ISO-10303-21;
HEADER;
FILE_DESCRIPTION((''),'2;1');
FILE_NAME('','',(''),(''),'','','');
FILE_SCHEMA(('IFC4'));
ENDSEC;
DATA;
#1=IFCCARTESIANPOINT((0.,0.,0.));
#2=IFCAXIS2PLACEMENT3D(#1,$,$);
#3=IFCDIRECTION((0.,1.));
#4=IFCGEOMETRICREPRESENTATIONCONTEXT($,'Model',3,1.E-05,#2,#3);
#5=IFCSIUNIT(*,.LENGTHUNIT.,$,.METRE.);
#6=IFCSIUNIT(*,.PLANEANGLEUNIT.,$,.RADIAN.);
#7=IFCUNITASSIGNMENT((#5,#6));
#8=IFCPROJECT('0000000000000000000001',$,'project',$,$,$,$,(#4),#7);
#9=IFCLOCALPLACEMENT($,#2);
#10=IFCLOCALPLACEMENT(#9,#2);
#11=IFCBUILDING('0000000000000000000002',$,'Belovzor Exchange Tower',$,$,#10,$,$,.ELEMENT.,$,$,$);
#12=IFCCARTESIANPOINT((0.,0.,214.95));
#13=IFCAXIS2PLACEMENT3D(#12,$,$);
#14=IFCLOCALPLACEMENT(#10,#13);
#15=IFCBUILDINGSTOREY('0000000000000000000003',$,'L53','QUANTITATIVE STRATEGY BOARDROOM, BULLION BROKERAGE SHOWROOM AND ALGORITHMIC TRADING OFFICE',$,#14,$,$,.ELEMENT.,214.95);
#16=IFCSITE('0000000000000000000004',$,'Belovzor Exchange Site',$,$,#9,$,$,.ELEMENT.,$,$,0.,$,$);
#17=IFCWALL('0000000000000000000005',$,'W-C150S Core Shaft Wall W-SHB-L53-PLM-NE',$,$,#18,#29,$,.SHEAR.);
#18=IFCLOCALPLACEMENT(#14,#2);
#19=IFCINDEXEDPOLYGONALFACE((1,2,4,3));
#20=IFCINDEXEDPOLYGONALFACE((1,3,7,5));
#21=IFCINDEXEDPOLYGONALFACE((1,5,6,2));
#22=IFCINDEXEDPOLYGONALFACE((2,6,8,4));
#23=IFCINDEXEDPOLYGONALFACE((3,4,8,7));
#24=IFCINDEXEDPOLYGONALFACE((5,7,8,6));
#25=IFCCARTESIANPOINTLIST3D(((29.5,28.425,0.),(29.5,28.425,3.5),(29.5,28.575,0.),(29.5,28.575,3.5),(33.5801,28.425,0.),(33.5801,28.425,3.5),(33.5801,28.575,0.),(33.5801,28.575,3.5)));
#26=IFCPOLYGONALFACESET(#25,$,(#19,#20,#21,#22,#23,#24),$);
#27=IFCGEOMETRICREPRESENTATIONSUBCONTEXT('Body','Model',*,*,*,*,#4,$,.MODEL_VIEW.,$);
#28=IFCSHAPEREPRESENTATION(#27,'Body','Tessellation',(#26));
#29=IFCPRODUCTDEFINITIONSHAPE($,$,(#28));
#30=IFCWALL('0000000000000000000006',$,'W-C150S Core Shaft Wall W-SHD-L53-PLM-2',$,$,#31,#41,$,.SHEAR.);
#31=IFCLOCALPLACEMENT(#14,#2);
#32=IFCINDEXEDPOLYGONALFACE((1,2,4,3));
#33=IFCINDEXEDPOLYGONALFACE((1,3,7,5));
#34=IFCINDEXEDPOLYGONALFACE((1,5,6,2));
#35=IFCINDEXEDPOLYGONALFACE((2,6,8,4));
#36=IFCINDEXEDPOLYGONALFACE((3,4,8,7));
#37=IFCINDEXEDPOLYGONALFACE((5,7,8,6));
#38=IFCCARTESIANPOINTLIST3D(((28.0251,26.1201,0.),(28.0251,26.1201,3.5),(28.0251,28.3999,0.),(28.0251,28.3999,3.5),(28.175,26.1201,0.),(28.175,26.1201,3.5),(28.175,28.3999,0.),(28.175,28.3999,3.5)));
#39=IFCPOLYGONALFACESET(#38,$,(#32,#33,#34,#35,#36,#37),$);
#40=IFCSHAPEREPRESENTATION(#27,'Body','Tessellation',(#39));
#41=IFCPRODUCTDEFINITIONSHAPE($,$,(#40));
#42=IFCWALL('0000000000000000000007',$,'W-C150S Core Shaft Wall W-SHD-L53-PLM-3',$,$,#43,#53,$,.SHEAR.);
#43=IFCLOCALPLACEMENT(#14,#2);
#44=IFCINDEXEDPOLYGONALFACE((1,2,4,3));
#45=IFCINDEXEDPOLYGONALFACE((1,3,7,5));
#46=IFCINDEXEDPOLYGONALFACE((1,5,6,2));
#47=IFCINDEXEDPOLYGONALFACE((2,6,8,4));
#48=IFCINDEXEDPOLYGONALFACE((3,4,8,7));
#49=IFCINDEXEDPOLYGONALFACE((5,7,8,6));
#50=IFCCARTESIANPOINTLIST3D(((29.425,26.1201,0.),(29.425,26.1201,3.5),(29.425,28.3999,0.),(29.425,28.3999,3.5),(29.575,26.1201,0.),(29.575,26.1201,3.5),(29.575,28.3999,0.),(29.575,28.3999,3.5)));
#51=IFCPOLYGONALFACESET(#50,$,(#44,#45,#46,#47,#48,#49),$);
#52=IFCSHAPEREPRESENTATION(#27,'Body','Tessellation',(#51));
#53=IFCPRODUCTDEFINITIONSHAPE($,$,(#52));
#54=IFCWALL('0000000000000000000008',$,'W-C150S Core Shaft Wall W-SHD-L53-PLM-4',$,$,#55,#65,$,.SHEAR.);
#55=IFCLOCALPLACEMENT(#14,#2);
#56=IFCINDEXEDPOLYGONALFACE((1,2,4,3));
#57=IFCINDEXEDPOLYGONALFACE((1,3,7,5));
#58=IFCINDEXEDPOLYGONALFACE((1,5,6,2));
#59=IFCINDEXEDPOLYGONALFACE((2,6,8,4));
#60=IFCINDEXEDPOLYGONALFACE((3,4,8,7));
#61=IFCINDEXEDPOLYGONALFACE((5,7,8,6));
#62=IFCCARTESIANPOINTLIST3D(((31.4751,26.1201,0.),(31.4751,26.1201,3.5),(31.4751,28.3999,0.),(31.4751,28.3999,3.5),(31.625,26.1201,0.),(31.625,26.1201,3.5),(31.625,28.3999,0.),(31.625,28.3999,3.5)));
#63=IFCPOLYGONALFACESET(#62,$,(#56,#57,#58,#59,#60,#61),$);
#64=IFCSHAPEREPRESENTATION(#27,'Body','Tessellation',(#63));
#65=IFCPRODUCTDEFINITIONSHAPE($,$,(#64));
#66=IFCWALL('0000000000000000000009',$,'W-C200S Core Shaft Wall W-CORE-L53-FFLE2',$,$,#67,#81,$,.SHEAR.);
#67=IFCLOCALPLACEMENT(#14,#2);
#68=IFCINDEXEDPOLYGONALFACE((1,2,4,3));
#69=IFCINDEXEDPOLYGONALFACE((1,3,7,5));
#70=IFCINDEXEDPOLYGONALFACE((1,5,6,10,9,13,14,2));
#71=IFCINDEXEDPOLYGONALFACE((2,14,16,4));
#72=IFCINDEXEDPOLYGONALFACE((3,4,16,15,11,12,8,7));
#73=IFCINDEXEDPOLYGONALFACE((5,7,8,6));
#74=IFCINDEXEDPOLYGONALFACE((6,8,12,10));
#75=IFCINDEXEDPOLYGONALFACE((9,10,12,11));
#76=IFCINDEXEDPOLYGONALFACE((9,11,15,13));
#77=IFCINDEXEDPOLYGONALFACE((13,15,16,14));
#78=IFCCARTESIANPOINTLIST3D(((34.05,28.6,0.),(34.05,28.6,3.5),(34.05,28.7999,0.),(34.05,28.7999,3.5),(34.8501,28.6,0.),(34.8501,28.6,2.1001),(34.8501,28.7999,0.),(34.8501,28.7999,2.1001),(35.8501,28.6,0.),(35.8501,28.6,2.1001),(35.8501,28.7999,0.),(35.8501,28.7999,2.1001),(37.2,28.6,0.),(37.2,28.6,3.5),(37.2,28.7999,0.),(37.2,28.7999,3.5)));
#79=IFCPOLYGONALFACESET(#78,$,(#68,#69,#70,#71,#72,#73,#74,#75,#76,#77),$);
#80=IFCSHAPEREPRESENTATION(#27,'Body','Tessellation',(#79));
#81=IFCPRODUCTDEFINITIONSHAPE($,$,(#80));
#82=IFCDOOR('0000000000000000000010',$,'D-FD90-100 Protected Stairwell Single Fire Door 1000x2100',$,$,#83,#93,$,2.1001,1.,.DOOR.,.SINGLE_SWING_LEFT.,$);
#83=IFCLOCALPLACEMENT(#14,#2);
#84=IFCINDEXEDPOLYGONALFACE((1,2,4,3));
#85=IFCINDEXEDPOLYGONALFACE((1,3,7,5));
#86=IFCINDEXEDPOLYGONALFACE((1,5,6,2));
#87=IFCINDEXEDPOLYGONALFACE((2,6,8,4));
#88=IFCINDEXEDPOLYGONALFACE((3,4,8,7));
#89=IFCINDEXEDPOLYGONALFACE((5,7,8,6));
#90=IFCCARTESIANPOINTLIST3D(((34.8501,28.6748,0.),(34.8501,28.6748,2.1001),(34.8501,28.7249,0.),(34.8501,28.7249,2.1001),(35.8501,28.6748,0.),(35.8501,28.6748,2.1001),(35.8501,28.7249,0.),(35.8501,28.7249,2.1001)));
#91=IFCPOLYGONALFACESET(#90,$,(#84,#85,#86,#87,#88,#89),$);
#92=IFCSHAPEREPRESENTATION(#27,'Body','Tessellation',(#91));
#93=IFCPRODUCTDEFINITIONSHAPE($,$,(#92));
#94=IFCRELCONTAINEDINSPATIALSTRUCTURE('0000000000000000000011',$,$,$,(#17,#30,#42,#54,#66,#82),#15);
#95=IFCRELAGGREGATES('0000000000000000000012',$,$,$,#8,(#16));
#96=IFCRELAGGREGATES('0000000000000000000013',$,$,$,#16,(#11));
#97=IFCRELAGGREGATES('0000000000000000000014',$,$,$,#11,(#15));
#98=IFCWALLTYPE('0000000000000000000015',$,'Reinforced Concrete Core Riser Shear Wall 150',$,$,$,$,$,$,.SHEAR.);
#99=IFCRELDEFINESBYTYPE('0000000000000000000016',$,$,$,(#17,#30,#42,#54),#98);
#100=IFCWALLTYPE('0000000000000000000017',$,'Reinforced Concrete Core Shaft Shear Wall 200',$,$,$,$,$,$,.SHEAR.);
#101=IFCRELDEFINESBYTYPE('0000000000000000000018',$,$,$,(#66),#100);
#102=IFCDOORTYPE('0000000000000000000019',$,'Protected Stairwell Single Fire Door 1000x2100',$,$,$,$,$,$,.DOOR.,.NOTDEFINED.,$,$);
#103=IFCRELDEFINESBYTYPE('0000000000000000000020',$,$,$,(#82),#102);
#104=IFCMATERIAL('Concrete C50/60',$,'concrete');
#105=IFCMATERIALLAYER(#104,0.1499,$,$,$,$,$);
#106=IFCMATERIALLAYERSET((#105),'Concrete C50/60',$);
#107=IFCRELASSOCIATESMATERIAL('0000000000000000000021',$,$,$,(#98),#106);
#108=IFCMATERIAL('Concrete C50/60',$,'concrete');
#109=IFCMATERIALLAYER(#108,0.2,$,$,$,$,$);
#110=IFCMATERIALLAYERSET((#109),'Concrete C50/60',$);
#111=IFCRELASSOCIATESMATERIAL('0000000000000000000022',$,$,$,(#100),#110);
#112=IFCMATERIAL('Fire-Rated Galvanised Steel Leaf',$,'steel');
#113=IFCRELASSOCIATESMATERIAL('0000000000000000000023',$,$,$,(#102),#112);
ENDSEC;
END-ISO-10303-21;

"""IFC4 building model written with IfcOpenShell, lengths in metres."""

from ifc_helpers import new_model, si_unit, direction, frame, frame_2d, origin, place, context, subcontext, project, spatial, rectangle, extrude, material, layer, layer_set, type_object, element, fill, save


model = new_model("IFC4")

# Units and contexts
model_context = context("Model", 3, precision=1e-05, world=origin(), true_north=direction((0.0, 1.0)))
body_context = subcontext(model_context, "Body", "Model", "MODEL_VIEW")
ifc_project = project(units=[si_unit("LENGTHUNIT", "METRE"), si_unit("PLANEANGLEUNIT", "RADIAN")], contexts=[model_context])

# Site, building, storey
site_placement = place(None, origin())
site = spatial("IfcSite", under=ifc_project, at=site_placement, Name="Belovzor Exchange Site", CompositionType="ELEMENT", RefElevation=0.0)
building_placement = place(site_placement, origin())
building = spatial("IfcBuilding", under=site, at=building_placement, Name="Belovzor Exchange Tower", CompositionType="ELEMENT")
storey_placement = place(building_placement, frame((0.0, 0.0, 214.95)))
storey = spatial("IfcBuildingStorey", under=building, at=storey_placement, Name="L53", Description="QUANTITATIVE STRATEGY BOARDROOM, BULLION BROKERAGE SHOWROOM AND ALGORITHMIC TRADING OFFICE", CompositionType="ELEMENT", Elevation=214.95)

# Walls
ifc_material_1 = material(Name="Concrete C50/60", Category="concrete")
ifc_layer_1 = layer(ifc_material_1, 0.1499)
ifc_layer_set_1 = layer_set([ifc_layer_1], Name="Concrete C50/60")
wall_type_1 = type_object("IfcWallType", Name="Reinforced Concrete Core Riser Shear Wall 150", PredefinedType="SHEAR", material=ifc_layer_set_1)
wall_1_placement = place(storey_placement, frame((29.5, 28.5, 0.0), z_axis=(0.0, 0.0, 1.0), x_axis=(1.0, 0.0, 0.0)))
element("IfcWall", 1, at=wall_1_placement, inside=storey, type_object=wall_type_1, Name="W-C150S Core Shaft Wall W-SHB-L53-PLM-NE", PredefinedType="SHEAR", context=body_context, shape_type="SweptSolid", body=[
    extrude(rectangle(XDim=4.0801, YDim=0.1499, at=frame_2d((2.04, 0.0))), origin(), (0.0, 0.0, 1.0), 3.5),
])
for number, where, z_axis, x_axis, name in (
    (2, (28.1001, 26.1201, 0.0), (0.0, 0.0, 1.0), (0.0, 1.0, 0.0), "W-C150S Core Shaft Wall W-SHD-L53-PLM-2"),
    (3, (29.5, 26.1201, 0.0), (0.0, 0.0, 1.0), (0.0, 1.0, 0.0), "W-C150S Core Shaft Wall W-SHD-L53-PLM-3"),
    (4, (31.55, 26.1201, 0.0), (0.0, 0.0, 1.0), (0.0, 1.0, 0.0), "W-C150S Core Shaft Wall W-SHD-L53-PLM-4"),
):
    element("IfcWall", number, at=place(storey_placement, frame(where, z_axis=z_axis, x_axis=x_axis)), inside=storey, type_object=wall_type_1, Name=name, PredefinedType="SHEAR", context=body_context, shape_type="SweptSolid", body=[
        extrude(rectangle(XDim=2.2798, YDim=0.1499, at=frame_2d((1.1399, 0.0))), origin(), (0.0, 0.0, 1.0), 3.5),
    ])

# Wall, opening, door
ifc_material_2 = material(Name="Concrete C50/60", Category="concrete")
ifc_layer_2 = layer(ifc_material_2, 0.2)
ifc_layer_set_2 = layer_set([ifc_layer_2], Name="Concrete C50/60")
wall_type_2 = type_object("IfcWallType", Name="Reinforced Concrete Core Shaft Shear Wall 200", PredefinedType="SHEAR", material=ifc_layer_set_2)
wall_2_placement = place(storey_placement, frame((34.05, 28.7, 0.0), z_axis=(0.0, 0.0, 1.0), x_axis=(1.0, 0.0, 0.0)))
wall_2 = element("IfcWall", 5, at=wall_2_placement, inside=storey, type_object=wall_type_2, Name="W-C200S Core Shaft Wall W-CORE-L53-FFLE2", PredefinedType="SHEAR", context=body_context, shape_type="SweptSolid", body=[
    extrude(rectangle(XDim=3.1499, YDim=0.2, at=frame_2d((1.575, 0.0))), origin(), (0.0, 0.0, 1.0), 3.5),
])
opening_1_placement = place(wall_2_placement, frame((0.8, 0.0, 0.0)))
opening_1 = element("IfcOpeningElement", 6, at=opening_1_placement, cuts=wall_2, PredefinedType="OPENING", context=body_context, shape_type="SweptSolid", body=[
    extrude(rectangle(XDim=1.0, YDim=2.1001, at=frame_2d((0.5, 1.05))), frame((0.0, 0.1099, 0.0), z_axis=(0.0, -1.0, 0.0), x_axis=(1.0, 0.0, 0.0)), (0.0, 0.0, 1.0), 0.22),
])
ifc_material_3 = material(Name="Fire-Rated Galvanised Steel Leaf", Category="steel")
door_type_1 = type_object("IfcDoorType", Name="Protected Stairwell Single Fire Door 1000x2100", OperationType="NOTDEFINED", PredefinedType="DOOR", material=ifc_material_3)
door_1_placement = place(opening_1_placement, origin())
door_1 = element("IfcDoor", 7, at=door_1_placement, inside=storey, type_object=door_type_1, Name="D-FD90-100 Protected Stairwell Single Fire Door 1000x2100", OperationType="SINGLE_SWING_LEFT", OverallHeight=2.1001, OverallWidth=1.0, PredefinedType="DOOR", context=body_context, shape_type="SweptSolid", body=[
    extrude(rectangle(XDim=1.0, YDim=2.1001, at=frame_2d((0.5, 1.05))), frame((0.0, 0.0249, 0.0), z_axis=(0.0, -1.0, 0.0), x_axis=(1.0, 0.0, 0.0)), (0.0, 0.0, 1.0), 0.05),
])
fill(opening_1, door_1)

save(model, "model.ifc")
